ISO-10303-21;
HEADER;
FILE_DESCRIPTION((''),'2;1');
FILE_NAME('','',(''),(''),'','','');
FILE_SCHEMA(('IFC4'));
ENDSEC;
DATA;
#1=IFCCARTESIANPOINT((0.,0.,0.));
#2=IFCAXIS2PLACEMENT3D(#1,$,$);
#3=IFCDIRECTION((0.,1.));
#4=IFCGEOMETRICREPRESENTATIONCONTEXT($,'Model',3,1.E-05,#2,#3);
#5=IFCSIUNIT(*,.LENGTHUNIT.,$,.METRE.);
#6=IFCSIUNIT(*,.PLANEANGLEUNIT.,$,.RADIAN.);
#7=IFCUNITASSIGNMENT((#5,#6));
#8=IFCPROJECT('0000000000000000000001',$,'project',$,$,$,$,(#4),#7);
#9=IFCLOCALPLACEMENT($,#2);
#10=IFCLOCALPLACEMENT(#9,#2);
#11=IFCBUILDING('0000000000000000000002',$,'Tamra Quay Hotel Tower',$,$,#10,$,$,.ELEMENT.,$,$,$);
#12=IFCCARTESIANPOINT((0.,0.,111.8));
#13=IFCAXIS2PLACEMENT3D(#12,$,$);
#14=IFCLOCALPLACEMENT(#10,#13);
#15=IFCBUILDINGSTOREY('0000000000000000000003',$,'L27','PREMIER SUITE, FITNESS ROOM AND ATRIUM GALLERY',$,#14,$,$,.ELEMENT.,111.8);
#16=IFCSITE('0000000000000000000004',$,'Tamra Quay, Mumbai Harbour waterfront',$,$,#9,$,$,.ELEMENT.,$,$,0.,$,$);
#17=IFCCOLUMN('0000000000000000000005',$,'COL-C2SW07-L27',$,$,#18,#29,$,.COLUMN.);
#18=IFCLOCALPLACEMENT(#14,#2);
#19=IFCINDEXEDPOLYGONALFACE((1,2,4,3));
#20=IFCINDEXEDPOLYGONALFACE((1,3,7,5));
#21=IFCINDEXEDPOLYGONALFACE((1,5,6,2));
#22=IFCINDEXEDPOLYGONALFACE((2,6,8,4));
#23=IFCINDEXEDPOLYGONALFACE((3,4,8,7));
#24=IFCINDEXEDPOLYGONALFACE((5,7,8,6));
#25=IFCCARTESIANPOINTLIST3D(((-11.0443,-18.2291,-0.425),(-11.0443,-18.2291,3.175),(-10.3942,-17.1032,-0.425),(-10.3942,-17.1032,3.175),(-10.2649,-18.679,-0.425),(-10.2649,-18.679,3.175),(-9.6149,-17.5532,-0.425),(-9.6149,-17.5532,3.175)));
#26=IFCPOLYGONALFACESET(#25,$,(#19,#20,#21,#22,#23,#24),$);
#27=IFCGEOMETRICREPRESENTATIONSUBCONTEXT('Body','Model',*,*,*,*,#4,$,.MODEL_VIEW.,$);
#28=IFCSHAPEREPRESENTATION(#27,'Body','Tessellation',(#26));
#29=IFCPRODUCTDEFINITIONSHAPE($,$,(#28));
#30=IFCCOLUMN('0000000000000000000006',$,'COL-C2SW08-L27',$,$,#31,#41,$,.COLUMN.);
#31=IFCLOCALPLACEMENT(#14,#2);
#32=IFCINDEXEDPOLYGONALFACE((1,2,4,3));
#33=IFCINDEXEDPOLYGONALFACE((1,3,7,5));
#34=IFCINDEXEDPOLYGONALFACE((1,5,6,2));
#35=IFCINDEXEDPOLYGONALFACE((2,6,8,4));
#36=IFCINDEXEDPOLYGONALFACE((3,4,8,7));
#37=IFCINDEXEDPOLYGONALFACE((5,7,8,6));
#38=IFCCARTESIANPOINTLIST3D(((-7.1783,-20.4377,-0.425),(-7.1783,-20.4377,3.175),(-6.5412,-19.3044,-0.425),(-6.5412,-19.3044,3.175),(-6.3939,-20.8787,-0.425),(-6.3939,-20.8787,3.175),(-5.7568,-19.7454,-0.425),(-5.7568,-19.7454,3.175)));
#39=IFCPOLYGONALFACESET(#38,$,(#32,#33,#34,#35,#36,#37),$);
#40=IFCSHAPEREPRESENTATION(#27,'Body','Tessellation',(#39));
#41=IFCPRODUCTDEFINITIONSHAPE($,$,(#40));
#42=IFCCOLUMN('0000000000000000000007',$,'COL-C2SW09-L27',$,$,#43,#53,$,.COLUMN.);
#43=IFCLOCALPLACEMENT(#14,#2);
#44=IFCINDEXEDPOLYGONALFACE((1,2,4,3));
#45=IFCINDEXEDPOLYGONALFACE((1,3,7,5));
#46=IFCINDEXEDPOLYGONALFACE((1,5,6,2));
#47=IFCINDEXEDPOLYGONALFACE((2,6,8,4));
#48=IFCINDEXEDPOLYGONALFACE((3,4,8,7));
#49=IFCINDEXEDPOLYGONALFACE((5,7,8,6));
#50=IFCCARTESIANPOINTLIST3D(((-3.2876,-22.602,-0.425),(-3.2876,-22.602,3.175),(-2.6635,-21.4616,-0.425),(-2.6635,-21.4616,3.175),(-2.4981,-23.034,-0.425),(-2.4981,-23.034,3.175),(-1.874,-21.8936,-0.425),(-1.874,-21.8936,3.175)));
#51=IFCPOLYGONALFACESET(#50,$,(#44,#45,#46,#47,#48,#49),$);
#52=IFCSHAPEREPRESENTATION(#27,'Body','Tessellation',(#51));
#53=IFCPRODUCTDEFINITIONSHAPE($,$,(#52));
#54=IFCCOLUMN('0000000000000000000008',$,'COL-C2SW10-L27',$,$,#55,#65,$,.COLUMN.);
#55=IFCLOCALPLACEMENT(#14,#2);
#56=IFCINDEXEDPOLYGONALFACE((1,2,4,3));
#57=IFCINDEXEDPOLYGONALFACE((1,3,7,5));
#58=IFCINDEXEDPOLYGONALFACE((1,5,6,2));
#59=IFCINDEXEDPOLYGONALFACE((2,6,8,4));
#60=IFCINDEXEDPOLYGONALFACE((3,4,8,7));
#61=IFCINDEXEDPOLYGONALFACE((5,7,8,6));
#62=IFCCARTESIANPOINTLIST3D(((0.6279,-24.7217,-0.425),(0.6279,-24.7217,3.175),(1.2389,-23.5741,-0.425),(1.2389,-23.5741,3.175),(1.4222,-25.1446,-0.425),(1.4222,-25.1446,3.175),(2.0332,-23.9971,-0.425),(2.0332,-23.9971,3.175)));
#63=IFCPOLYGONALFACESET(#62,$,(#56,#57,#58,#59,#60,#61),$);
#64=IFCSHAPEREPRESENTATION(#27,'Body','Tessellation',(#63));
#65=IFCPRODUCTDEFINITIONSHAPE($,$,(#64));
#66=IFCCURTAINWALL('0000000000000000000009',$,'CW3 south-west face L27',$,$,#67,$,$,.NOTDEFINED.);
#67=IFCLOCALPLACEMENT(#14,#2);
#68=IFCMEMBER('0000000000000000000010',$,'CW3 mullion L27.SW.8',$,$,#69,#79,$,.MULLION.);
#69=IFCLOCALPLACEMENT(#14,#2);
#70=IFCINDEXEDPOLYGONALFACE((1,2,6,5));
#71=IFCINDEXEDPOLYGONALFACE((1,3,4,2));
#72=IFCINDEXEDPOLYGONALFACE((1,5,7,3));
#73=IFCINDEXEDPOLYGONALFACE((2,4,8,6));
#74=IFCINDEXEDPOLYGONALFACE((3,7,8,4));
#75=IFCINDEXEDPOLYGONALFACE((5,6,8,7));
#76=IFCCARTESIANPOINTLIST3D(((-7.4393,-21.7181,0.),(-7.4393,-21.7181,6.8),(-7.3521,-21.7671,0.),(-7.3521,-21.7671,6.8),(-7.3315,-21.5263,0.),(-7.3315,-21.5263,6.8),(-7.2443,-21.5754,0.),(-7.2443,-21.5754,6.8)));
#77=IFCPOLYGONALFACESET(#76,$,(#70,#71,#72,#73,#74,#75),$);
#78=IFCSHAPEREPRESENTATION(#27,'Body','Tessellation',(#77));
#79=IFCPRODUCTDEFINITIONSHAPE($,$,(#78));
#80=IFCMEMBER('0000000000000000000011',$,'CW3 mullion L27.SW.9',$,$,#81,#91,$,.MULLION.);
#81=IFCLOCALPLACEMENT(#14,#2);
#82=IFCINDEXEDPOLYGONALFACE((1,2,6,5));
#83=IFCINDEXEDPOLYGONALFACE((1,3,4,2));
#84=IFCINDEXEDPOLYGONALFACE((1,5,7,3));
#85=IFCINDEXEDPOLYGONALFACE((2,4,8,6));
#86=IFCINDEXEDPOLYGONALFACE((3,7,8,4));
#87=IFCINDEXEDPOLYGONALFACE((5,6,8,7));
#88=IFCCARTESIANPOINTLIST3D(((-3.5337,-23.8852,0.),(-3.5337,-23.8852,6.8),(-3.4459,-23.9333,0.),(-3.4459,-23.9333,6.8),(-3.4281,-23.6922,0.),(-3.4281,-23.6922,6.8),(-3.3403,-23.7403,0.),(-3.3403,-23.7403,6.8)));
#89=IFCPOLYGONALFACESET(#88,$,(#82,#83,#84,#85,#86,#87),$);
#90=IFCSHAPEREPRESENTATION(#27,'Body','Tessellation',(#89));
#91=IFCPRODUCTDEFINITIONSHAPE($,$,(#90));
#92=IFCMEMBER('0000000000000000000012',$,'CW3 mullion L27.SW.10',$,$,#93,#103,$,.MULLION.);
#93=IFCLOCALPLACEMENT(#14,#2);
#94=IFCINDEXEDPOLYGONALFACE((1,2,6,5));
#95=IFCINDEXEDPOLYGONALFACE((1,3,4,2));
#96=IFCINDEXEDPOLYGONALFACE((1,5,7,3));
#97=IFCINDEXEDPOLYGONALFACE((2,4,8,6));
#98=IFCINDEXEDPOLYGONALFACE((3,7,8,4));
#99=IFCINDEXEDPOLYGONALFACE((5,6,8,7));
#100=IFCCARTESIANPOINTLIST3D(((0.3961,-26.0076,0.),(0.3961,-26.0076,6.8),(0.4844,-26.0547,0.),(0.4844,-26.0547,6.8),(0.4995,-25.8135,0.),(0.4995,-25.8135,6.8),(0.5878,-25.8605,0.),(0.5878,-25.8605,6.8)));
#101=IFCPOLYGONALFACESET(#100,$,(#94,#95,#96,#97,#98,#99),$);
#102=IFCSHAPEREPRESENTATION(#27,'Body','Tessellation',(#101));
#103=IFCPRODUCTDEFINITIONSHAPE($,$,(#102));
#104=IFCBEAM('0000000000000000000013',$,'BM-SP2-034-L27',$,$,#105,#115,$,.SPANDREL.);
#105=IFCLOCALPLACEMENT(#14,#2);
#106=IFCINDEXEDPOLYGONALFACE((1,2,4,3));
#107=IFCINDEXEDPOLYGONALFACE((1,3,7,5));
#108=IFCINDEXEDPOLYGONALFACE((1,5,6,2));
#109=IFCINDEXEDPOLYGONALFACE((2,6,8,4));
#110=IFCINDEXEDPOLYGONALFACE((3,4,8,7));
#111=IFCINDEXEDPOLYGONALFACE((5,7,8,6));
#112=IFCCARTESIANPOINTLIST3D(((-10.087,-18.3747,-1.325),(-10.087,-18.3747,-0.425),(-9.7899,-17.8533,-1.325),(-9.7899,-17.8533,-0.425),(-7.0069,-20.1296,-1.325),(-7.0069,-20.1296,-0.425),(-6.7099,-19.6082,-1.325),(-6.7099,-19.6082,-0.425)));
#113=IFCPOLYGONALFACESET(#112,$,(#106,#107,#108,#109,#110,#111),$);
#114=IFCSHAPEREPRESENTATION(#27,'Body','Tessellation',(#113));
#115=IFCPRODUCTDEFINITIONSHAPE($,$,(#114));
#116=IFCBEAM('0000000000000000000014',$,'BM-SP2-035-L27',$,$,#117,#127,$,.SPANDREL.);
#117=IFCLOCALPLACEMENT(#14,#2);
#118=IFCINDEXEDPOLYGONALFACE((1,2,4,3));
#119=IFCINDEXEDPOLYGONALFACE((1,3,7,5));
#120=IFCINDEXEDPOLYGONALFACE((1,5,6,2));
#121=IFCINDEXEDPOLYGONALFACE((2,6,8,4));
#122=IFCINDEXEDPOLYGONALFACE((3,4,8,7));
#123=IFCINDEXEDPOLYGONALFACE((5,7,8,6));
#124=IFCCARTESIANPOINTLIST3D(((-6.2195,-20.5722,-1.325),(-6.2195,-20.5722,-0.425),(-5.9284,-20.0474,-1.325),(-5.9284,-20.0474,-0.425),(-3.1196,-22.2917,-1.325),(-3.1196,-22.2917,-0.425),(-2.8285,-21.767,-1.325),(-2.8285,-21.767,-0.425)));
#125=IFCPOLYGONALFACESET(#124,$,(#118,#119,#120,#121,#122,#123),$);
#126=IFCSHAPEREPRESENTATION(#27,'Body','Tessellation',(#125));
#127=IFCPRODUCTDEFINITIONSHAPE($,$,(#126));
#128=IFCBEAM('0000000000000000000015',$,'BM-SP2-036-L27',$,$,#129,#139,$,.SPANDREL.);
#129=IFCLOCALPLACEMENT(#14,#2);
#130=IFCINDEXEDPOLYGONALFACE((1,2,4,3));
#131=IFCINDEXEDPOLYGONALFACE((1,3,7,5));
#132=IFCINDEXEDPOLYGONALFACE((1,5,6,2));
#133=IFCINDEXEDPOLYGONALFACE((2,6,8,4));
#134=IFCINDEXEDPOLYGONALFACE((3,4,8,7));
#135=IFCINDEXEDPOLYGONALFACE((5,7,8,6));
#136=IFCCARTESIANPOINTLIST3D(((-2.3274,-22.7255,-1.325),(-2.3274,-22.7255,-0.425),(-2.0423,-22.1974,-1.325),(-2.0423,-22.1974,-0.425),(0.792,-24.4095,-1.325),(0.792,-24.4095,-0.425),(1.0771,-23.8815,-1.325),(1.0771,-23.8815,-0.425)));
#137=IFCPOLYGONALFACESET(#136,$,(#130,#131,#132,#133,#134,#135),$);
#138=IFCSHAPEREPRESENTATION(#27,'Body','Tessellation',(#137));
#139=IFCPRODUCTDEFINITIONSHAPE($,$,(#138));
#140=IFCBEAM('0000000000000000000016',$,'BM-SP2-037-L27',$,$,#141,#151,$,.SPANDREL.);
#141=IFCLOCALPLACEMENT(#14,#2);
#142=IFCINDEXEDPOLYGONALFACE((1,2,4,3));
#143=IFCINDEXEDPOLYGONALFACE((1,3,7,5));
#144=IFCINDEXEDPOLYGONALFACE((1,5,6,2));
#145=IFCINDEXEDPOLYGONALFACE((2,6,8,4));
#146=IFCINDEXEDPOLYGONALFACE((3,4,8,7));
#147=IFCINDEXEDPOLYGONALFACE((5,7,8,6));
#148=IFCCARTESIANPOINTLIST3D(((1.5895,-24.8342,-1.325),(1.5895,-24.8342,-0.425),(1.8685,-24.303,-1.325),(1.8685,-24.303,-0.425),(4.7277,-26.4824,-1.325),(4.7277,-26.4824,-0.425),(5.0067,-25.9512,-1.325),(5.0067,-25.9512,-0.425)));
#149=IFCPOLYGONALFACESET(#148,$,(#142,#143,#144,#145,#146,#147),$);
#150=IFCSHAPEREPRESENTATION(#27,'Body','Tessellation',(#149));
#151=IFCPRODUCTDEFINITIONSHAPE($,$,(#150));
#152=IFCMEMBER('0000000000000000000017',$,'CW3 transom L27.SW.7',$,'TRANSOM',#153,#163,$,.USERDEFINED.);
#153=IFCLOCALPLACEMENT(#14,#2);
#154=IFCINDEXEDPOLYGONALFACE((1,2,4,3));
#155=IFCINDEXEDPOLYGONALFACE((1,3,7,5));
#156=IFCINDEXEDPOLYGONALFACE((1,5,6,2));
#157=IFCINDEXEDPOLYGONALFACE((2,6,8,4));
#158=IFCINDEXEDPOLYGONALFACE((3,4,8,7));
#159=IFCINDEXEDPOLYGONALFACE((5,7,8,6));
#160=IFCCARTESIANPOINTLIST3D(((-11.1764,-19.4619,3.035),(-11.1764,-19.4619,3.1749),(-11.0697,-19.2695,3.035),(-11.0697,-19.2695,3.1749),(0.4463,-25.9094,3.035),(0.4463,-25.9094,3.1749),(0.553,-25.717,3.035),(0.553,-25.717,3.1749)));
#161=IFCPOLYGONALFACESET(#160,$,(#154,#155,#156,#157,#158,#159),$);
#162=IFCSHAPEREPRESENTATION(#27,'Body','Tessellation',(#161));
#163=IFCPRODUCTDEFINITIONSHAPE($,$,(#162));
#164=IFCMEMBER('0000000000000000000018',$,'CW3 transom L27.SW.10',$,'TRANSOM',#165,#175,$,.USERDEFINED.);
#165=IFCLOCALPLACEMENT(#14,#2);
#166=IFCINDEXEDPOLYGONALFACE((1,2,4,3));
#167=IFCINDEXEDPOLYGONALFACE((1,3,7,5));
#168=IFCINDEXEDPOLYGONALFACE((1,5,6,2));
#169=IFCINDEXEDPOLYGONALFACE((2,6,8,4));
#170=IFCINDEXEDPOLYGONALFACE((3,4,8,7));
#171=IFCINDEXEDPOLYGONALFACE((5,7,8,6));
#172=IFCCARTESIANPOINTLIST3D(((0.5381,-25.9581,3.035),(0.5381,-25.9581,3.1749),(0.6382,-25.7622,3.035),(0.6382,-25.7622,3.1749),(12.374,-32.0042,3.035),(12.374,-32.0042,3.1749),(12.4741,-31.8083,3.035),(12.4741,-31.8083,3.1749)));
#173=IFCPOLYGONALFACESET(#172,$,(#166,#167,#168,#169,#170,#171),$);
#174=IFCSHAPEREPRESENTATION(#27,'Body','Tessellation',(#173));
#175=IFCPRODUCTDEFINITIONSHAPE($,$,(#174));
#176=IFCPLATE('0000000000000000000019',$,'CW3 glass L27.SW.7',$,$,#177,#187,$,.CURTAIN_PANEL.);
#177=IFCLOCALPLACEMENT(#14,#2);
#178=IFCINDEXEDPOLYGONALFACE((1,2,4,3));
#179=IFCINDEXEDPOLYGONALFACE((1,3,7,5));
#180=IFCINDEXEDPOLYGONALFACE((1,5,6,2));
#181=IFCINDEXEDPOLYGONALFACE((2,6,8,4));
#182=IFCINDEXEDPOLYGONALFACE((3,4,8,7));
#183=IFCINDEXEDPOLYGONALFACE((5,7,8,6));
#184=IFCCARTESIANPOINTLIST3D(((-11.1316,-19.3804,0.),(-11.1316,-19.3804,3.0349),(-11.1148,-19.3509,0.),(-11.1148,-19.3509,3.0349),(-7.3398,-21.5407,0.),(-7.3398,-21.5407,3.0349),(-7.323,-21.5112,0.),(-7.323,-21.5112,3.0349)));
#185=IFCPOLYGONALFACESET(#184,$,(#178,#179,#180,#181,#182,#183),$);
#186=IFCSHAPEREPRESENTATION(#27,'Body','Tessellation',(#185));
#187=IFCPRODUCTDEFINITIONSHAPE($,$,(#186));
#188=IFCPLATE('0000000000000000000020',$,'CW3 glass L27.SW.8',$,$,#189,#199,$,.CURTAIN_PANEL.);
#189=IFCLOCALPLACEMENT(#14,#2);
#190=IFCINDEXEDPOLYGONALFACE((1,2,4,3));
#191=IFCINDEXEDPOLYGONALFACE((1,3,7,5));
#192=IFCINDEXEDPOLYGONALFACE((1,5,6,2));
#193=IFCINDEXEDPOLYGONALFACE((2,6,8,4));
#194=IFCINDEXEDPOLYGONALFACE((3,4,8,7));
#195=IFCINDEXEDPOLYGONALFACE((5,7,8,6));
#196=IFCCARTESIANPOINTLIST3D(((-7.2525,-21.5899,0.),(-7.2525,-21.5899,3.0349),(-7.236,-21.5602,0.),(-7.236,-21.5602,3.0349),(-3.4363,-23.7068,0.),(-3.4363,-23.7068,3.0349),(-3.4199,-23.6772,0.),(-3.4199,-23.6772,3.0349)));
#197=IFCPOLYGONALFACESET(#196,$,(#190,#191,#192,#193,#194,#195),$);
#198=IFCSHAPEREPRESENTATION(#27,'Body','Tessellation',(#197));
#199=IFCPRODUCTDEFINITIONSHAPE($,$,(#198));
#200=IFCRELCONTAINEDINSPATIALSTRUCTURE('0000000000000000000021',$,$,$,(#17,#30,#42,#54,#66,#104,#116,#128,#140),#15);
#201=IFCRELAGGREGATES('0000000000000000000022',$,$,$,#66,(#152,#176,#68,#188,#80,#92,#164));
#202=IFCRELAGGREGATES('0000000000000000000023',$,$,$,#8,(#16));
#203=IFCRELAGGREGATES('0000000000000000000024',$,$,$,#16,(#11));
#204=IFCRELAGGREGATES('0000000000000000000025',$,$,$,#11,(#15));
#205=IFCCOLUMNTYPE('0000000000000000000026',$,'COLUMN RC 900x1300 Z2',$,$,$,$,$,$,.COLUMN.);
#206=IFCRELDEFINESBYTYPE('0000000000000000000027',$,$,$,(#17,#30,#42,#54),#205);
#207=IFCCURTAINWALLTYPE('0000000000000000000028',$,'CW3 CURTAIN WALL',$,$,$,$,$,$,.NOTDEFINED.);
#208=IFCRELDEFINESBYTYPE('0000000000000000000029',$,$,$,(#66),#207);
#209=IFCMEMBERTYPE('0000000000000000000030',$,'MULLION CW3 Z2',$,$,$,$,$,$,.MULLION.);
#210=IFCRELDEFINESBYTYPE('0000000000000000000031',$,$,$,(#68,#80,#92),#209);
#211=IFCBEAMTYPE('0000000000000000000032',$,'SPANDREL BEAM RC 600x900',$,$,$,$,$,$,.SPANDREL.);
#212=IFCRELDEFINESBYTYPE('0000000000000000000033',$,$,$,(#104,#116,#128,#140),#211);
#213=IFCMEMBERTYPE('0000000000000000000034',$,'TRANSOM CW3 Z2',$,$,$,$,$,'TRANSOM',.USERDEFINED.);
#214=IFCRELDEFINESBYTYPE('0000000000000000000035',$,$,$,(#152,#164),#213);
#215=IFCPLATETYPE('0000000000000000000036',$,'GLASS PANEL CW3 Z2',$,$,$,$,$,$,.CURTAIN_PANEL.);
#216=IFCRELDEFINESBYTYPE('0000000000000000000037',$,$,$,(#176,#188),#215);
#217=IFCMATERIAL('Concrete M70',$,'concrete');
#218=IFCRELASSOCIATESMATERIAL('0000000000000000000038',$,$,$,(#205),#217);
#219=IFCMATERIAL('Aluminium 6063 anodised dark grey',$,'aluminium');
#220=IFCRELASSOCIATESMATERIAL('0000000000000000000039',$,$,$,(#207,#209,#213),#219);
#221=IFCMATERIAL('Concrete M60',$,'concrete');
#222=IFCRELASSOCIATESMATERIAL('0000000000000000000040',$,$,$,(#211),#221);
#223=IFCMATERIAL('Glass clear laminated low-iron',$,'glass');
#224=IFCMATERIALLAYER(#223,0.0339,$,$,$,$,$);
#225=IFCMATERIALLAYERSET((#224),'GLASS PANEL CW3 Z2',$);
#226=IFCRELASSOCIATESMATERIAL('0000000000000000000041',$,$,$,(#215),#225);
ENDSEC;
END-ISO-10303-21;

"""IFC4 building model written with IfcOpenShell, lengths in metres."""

from ifc_helpers import new_model, si_unit, direction, frame, origin, origin_2d, place, context, subcontext, project, spatial, rectangle, extrude, material, layer, layer_set, material_profile, profile_set, type_object, element, aggregate, save


model = new_model("IFC4")

# Units and contexts
model_context = context("Model", 3, precision=1e-05, world=origin(), true_north=direction((0.0, 1.0)))
body_context = subcontext(model_context, "Body", "Model", "MODEL_VIEW")
ifc_project = project(units=[si_unit("LENGTHUNIT", "METRE"), si_unit("PLANEANGLEUNIT", "RADIAN")], contexts=[model_context])

# Site, building, storey
site_placement = place(None, origin())
site = spatial("IfcSite", under=ifc_project, at=site_placement, Name="Tamra Quay, Mumbai Harbour waterfront", CompositionType="ELEMENT", RefElevation=0.0)
building_placement = place(site_placement, origin())
building = spatial("IfcBuilding", under=site, at=building_placement, Name="Tamra Quay Hotel Tower", CompositionType="ELEMENT")
storey_placement = place(building_placement, frame((0.0, 0.0, 111.8)))
storey = spatial("IfcBuildingStorey", under=building, at=storey_placement, Name="L27", Description="PREMIER SUITE, FITNESS ROOM AND ATRIUM GALLERY", CompositionType="ELEMENT", Elevation=111.8)

# Columns
ifc_material_1 = material(Name="Concrete M70", Category="concrete")
ifc_material_profile_1 = material_profile(ifc_material_1, rectangle(XDim=1.3, YDim=0.8999, at=origin_2d()), Name="COLUMN RC 900x1300 Z2")
ifc_profile_set_1 = profile_set([ifc_material_profile_1], Name="Concrete M70")
column_type = type_object("IfcColumnType", Name="COLUMN RC 900x1300 Z2", PredefinedType="COLUMN", material=ifc_profile_set_1)
for number, where, z_axis, x_axis, name in (
    (1, (-10.3296, -17.8911, -0.425), (0.0, 0.0, 1.0), (0.5, 0.866025, 0.0), "COL-C2SW07-L27"),
    (2, (-6.4675, -20.0916, -0.425), (0.0, 0.0, 1.0), (0.490061, 0.871688, 0.0), "COL-C2SW08-L27"),
    (3, (-2.5808, -22.2478, -0.425), (0.0, 0.0, 1.0), (0.48006, 0.877236, 0.0), "COL-C2SW09-L27"),
    (4, (1.3306, -24.3594, -0.425), (0.0, 0.0, 1.0), (0.470002, 0.882666, 0.0), "COL-C2SW10-L27"),
):
    element("IfcColumn", number, at=place(storey_placement, frame(where, z_axis=z_axis, x_axis=x_axis)), inside=storey, type_object=column_type, Name=name, PredefinedType="COLUMN", context=body_context, shape_type="SweptSolid", body=[
        extrude(rectangle(XDim=1.3, YDim=0.8999, at=origin_2d()), origin(), (0.0, 0.0, 1.0), 3.6001),
    ])

# Curtain wall, members
ifc_material_2 = material(Name="Aluminium 6063 anodised dark grey", Category="aluminium")
curtain_wall_type = type_object("IfcCurtainWallType", Name="CW3 CURTAIN WALL", PredefinedType="NOTDEFINED", material=ifc_material_2)
curtain_wall_placement = place(storey_placement, origin())
curtain_wall = element("IfcCurtainWall", 5, at=curtain_wall_placement, inside=storey, type_object=curtain_wall_type, Name="CW3 south-west face L27", PredefinedType="NOTDEFINED")
ifc_material_profile_2 = material_profile(ifc_material_2, rectangle(XDim=0.22, YDim=0.1001, at=origin_2d()), Name="MULLION 100X220")
ifc_profile_set_2 = profile_set([ifc_material_profile_2], Name="Aluminium 6063 anodised dark grey")
member_type_1 = type_object("IfcMemberType", Name="MULLION CW3 Z2", PredefinedType="MULLION", material=ifc_profile_set_2)
member_1_placement = place(storey_placement, frame((-7.3418, -21.6467, 0.0), z_axis=(0.0, 0.0, 1.0), x_axis=(-0.490074, -0.871681, 0.0)))
member_1 = element("IfcMember", 6, at=member_1_placement, type_object=member_type_1, Name="CW3 mullion L27.SW.8", PredefinedType="MULLION", context=body_context, shape_type="SweptSolid", body=[
    extrude(rectangle(XDim=0.22, YDim=0.1001, at=origin_2d()), origin(), (0.0, 0.0, 1.0), 6.8),
])
member_2_placement = place(storey_placement, frame((-3.437, -23.8127, 0.0), z_axis=(0.0, 0.0, 1.0), x_axis=(-0.480089, -0.87722, 0.0)))
member_2 = element("IfcMember", 7, at=member_2_placement, type_object=member_type_1, Name="CW3 mullion L27.SW.9", PredefinedType="MULLION", context=body_context, shape_type="SweptSolid", body=[
    extrude(rectangle(XDim=0.22, YDim=0.1001, at=origin_2d()), origin(), (0.0, 0.0, 1.0), 6.8),
])
member_3_placement = place(storey_placement, frame((0.4919, -25.9341, 0.0), z_axis=(0.0, 0.0, 1.0), x_axis=(-0.470049, -0.88264, 0.0)))
member_3 = element("IfcMember", 8, at=member_3_placement, type_object=member_type_1, Name="CW3 mullion L27.SW.10", PredefinedType="MULLION", context=body_context, shape_type="SweptSolid", body=[
    extrude(rectangle(XDim=0.22, YDim=0.1001, at=origin_2d()), origin(), (0.0, 0.0, 1.0), 6.8),
])

# Beams
ifc_material_3 = material(Name="Concrete M60", Category="concrete")
ifc_material_profile_3 = material_profile(ifc_material_3, rectangle(XDim=0.6001, YDim=0.8999, at=origin_2d()), Name="SPANDREL BEAM RC 600x900")
ifc_profile_set_3 = profile_set([ifc_material_profile_3], Name="Concrete M60")
beam_type = type_object("IfcBeamType", Name="SPANDREL BEAM RC 600x900", PredefinedType="SPANDREL", material=ifc_profile_set_3)
for number, where, z_axis, x_axis, name in (
    (9, (-9.9385, -18.114, -0.875), (0.86887, -0.495041, 0.0), (0.495041, 0.86887, 0.0), "BM-SP2-034-L27"),
    (10, (-6.074, -20.3098, -0.875), (0.874475, -0.48507, 0.0), (0.48507, 0.874475, 0.0), "BM-SP2-035-L27"),
    (11, (-2.1848, -22.4614, -0.875), (0.879951, -0.475065, 0.0), (0.475065, 0.879951, 0.0), "BM-SP2-036-L27"),
):
    element("IfcBeam", number, at=place(storey_placement, frame(where, z_axis=z_axis, x_axis=x_axis)), inside=storey, type_object=beam_type, Name=name, PredefinedType="SPANDREL", context=body_context, shape_type="SweptSolid", body=[
        extrude(rectangle(XDim=0.6001, YDim=0.8999, at=origin_2d()), origin(), (0.0, 0.0, 1.0), 3.5449),
    ])
beam_placement = place(storey_placement, frame((1.729, -24.5686, -0.875), z_axis=(0.885323, -0.464977, 0.0), x_axis=(0.464977, 0.885323, 0.0)))
element("IfcBeam", 12, at=beam_placement, inside=storey, type_object=beam_type, Name="BM-SP2-037-L27", PredefinedType="SPANDREL", context=body_context, shape_type="SweptSolid", body=[
    extrude(rectangle(XDim=0.6001, YDim=0.8999, at=origin_2d()), origin(), (0.0, 0.0, 1.0), 3.5447),
])

# Members
ifc_material_profile_4 = material_profile(ifc_material_2, rectangle(XDim=0.22, YDim=0.1399, at=origin_2d()), Name="TRANSOM 220X140")
ifc_profile_set_4 = profile_set([ifc_material_profile_4], Name="Aluminium 6063 anodised dark grey")
member_type_2 = type_object("IfcMemberType", Name="TRANSOM CW3 Z2", ElementType="TRANSOM", PredefinedType="USERDEFINED", material=ifc_profile_set_4)
member_4_placement = place(storey_placement, frame((-11.123, -19.3657, 3.105), z_axis=(0.874464, -0.485091, 0.0), x_axis=(0.485091, 0.874464, 0.0)))
member_4 = element("IfcMember", 13, at=member_4_placement, type_object=member_type_2, Name="CW3 transom L27.SW.7", ObjectType="TRANSOM", PredefinedType="USERDEFINED", context=body_context, shape_type="SweptSolid", body=[
    extrude(rectangle(XDim=0.22, YDim=0.1399, at=origin_2d()), origin(), (0.0, 0.0, 1.0), 13.2913),
])
member_5_placement = place(storey_placement, frame((0.5881, -25.8601, 3.105), z_axis=(0.890536, -0.454912, 0.0), x_axis=(0.454912, 0.890536, 0.0)))
member_5 = element("IfcMember", 14, at=member_5_placement, type_object=member_type_2, Name="CW3 transom L27.SW.10", ObjectType="TRANSOM", PredefinedType="USERDEFINED", context=body_context, shape_type="SweptSolid", body=[
    extrude(rectangle(XDim=0.22, YDim=0.1399, at=origin_2d()), origin(), (0.0, 0.0, 1.0), 13.2908),
])

# Plates
ifc_material_4 = material(Name="Glass clear laminated low-iron", Category="glass")
ifc_layer_1 = layer(ifc_material_4, 0.0339)
ifc_layer_set_1 = layer_set([ifc_layer_1], Name="GLASS PANEL CW3 Z2")
plate_type = type_object("IfcPlateType", Name="GLASS PANEL CW3 Z2", PredefinedType="CURTAIN_PANEL", material=ifc_layer_set_1)
plate_1_placement = place(storey_placement, frame((-9.2273, -20.4458, 0.0), z_axis=(0.0, 0.0, 1.0), x_axis=(0.868868, -0.495045, 0.0)))
plate_1 = element("IfcPlate", 15, at=plate_1_placement, type_object=plate_type, Name="CW3 glass L27.SW.7", PredefinedType="CURTAIN_PANEL", context=body_context, shape_type="SweptSolid", body=[
    extrude(rectangle(XDim=4.364, YDim=0.0339, at=origin_2d()), origin(), (0.0, 0.0, 1.0), 3.0349),
])
plate_2_placement = place(storey_placement, frame((-5.3362, -22.6335, 0.0), z_axis=(0.0, 0.0, 1.0), x_axis=(0.874465, -0.485088, 0.0)))
plate_2 = element("IfcPlate", 16, at=plate_2_placement, type_object=plate_type, Name="CW3 glass L27.SW.8", PredefinedType="CURTAIN_PANEL", context=body_context, shape_type="SweptSolid", body=[
    extrude(rectangle(XDim=4.364, YDim=0.0339, at=origin_2d()), origin(), (0.0, 0.0, 1.0), 3.0349),
])
aggregate(curtain_wall, [member_4, plate_1, member_1, plate_2, member_2, member_3, member_5])

save(model, "model.ifc")
